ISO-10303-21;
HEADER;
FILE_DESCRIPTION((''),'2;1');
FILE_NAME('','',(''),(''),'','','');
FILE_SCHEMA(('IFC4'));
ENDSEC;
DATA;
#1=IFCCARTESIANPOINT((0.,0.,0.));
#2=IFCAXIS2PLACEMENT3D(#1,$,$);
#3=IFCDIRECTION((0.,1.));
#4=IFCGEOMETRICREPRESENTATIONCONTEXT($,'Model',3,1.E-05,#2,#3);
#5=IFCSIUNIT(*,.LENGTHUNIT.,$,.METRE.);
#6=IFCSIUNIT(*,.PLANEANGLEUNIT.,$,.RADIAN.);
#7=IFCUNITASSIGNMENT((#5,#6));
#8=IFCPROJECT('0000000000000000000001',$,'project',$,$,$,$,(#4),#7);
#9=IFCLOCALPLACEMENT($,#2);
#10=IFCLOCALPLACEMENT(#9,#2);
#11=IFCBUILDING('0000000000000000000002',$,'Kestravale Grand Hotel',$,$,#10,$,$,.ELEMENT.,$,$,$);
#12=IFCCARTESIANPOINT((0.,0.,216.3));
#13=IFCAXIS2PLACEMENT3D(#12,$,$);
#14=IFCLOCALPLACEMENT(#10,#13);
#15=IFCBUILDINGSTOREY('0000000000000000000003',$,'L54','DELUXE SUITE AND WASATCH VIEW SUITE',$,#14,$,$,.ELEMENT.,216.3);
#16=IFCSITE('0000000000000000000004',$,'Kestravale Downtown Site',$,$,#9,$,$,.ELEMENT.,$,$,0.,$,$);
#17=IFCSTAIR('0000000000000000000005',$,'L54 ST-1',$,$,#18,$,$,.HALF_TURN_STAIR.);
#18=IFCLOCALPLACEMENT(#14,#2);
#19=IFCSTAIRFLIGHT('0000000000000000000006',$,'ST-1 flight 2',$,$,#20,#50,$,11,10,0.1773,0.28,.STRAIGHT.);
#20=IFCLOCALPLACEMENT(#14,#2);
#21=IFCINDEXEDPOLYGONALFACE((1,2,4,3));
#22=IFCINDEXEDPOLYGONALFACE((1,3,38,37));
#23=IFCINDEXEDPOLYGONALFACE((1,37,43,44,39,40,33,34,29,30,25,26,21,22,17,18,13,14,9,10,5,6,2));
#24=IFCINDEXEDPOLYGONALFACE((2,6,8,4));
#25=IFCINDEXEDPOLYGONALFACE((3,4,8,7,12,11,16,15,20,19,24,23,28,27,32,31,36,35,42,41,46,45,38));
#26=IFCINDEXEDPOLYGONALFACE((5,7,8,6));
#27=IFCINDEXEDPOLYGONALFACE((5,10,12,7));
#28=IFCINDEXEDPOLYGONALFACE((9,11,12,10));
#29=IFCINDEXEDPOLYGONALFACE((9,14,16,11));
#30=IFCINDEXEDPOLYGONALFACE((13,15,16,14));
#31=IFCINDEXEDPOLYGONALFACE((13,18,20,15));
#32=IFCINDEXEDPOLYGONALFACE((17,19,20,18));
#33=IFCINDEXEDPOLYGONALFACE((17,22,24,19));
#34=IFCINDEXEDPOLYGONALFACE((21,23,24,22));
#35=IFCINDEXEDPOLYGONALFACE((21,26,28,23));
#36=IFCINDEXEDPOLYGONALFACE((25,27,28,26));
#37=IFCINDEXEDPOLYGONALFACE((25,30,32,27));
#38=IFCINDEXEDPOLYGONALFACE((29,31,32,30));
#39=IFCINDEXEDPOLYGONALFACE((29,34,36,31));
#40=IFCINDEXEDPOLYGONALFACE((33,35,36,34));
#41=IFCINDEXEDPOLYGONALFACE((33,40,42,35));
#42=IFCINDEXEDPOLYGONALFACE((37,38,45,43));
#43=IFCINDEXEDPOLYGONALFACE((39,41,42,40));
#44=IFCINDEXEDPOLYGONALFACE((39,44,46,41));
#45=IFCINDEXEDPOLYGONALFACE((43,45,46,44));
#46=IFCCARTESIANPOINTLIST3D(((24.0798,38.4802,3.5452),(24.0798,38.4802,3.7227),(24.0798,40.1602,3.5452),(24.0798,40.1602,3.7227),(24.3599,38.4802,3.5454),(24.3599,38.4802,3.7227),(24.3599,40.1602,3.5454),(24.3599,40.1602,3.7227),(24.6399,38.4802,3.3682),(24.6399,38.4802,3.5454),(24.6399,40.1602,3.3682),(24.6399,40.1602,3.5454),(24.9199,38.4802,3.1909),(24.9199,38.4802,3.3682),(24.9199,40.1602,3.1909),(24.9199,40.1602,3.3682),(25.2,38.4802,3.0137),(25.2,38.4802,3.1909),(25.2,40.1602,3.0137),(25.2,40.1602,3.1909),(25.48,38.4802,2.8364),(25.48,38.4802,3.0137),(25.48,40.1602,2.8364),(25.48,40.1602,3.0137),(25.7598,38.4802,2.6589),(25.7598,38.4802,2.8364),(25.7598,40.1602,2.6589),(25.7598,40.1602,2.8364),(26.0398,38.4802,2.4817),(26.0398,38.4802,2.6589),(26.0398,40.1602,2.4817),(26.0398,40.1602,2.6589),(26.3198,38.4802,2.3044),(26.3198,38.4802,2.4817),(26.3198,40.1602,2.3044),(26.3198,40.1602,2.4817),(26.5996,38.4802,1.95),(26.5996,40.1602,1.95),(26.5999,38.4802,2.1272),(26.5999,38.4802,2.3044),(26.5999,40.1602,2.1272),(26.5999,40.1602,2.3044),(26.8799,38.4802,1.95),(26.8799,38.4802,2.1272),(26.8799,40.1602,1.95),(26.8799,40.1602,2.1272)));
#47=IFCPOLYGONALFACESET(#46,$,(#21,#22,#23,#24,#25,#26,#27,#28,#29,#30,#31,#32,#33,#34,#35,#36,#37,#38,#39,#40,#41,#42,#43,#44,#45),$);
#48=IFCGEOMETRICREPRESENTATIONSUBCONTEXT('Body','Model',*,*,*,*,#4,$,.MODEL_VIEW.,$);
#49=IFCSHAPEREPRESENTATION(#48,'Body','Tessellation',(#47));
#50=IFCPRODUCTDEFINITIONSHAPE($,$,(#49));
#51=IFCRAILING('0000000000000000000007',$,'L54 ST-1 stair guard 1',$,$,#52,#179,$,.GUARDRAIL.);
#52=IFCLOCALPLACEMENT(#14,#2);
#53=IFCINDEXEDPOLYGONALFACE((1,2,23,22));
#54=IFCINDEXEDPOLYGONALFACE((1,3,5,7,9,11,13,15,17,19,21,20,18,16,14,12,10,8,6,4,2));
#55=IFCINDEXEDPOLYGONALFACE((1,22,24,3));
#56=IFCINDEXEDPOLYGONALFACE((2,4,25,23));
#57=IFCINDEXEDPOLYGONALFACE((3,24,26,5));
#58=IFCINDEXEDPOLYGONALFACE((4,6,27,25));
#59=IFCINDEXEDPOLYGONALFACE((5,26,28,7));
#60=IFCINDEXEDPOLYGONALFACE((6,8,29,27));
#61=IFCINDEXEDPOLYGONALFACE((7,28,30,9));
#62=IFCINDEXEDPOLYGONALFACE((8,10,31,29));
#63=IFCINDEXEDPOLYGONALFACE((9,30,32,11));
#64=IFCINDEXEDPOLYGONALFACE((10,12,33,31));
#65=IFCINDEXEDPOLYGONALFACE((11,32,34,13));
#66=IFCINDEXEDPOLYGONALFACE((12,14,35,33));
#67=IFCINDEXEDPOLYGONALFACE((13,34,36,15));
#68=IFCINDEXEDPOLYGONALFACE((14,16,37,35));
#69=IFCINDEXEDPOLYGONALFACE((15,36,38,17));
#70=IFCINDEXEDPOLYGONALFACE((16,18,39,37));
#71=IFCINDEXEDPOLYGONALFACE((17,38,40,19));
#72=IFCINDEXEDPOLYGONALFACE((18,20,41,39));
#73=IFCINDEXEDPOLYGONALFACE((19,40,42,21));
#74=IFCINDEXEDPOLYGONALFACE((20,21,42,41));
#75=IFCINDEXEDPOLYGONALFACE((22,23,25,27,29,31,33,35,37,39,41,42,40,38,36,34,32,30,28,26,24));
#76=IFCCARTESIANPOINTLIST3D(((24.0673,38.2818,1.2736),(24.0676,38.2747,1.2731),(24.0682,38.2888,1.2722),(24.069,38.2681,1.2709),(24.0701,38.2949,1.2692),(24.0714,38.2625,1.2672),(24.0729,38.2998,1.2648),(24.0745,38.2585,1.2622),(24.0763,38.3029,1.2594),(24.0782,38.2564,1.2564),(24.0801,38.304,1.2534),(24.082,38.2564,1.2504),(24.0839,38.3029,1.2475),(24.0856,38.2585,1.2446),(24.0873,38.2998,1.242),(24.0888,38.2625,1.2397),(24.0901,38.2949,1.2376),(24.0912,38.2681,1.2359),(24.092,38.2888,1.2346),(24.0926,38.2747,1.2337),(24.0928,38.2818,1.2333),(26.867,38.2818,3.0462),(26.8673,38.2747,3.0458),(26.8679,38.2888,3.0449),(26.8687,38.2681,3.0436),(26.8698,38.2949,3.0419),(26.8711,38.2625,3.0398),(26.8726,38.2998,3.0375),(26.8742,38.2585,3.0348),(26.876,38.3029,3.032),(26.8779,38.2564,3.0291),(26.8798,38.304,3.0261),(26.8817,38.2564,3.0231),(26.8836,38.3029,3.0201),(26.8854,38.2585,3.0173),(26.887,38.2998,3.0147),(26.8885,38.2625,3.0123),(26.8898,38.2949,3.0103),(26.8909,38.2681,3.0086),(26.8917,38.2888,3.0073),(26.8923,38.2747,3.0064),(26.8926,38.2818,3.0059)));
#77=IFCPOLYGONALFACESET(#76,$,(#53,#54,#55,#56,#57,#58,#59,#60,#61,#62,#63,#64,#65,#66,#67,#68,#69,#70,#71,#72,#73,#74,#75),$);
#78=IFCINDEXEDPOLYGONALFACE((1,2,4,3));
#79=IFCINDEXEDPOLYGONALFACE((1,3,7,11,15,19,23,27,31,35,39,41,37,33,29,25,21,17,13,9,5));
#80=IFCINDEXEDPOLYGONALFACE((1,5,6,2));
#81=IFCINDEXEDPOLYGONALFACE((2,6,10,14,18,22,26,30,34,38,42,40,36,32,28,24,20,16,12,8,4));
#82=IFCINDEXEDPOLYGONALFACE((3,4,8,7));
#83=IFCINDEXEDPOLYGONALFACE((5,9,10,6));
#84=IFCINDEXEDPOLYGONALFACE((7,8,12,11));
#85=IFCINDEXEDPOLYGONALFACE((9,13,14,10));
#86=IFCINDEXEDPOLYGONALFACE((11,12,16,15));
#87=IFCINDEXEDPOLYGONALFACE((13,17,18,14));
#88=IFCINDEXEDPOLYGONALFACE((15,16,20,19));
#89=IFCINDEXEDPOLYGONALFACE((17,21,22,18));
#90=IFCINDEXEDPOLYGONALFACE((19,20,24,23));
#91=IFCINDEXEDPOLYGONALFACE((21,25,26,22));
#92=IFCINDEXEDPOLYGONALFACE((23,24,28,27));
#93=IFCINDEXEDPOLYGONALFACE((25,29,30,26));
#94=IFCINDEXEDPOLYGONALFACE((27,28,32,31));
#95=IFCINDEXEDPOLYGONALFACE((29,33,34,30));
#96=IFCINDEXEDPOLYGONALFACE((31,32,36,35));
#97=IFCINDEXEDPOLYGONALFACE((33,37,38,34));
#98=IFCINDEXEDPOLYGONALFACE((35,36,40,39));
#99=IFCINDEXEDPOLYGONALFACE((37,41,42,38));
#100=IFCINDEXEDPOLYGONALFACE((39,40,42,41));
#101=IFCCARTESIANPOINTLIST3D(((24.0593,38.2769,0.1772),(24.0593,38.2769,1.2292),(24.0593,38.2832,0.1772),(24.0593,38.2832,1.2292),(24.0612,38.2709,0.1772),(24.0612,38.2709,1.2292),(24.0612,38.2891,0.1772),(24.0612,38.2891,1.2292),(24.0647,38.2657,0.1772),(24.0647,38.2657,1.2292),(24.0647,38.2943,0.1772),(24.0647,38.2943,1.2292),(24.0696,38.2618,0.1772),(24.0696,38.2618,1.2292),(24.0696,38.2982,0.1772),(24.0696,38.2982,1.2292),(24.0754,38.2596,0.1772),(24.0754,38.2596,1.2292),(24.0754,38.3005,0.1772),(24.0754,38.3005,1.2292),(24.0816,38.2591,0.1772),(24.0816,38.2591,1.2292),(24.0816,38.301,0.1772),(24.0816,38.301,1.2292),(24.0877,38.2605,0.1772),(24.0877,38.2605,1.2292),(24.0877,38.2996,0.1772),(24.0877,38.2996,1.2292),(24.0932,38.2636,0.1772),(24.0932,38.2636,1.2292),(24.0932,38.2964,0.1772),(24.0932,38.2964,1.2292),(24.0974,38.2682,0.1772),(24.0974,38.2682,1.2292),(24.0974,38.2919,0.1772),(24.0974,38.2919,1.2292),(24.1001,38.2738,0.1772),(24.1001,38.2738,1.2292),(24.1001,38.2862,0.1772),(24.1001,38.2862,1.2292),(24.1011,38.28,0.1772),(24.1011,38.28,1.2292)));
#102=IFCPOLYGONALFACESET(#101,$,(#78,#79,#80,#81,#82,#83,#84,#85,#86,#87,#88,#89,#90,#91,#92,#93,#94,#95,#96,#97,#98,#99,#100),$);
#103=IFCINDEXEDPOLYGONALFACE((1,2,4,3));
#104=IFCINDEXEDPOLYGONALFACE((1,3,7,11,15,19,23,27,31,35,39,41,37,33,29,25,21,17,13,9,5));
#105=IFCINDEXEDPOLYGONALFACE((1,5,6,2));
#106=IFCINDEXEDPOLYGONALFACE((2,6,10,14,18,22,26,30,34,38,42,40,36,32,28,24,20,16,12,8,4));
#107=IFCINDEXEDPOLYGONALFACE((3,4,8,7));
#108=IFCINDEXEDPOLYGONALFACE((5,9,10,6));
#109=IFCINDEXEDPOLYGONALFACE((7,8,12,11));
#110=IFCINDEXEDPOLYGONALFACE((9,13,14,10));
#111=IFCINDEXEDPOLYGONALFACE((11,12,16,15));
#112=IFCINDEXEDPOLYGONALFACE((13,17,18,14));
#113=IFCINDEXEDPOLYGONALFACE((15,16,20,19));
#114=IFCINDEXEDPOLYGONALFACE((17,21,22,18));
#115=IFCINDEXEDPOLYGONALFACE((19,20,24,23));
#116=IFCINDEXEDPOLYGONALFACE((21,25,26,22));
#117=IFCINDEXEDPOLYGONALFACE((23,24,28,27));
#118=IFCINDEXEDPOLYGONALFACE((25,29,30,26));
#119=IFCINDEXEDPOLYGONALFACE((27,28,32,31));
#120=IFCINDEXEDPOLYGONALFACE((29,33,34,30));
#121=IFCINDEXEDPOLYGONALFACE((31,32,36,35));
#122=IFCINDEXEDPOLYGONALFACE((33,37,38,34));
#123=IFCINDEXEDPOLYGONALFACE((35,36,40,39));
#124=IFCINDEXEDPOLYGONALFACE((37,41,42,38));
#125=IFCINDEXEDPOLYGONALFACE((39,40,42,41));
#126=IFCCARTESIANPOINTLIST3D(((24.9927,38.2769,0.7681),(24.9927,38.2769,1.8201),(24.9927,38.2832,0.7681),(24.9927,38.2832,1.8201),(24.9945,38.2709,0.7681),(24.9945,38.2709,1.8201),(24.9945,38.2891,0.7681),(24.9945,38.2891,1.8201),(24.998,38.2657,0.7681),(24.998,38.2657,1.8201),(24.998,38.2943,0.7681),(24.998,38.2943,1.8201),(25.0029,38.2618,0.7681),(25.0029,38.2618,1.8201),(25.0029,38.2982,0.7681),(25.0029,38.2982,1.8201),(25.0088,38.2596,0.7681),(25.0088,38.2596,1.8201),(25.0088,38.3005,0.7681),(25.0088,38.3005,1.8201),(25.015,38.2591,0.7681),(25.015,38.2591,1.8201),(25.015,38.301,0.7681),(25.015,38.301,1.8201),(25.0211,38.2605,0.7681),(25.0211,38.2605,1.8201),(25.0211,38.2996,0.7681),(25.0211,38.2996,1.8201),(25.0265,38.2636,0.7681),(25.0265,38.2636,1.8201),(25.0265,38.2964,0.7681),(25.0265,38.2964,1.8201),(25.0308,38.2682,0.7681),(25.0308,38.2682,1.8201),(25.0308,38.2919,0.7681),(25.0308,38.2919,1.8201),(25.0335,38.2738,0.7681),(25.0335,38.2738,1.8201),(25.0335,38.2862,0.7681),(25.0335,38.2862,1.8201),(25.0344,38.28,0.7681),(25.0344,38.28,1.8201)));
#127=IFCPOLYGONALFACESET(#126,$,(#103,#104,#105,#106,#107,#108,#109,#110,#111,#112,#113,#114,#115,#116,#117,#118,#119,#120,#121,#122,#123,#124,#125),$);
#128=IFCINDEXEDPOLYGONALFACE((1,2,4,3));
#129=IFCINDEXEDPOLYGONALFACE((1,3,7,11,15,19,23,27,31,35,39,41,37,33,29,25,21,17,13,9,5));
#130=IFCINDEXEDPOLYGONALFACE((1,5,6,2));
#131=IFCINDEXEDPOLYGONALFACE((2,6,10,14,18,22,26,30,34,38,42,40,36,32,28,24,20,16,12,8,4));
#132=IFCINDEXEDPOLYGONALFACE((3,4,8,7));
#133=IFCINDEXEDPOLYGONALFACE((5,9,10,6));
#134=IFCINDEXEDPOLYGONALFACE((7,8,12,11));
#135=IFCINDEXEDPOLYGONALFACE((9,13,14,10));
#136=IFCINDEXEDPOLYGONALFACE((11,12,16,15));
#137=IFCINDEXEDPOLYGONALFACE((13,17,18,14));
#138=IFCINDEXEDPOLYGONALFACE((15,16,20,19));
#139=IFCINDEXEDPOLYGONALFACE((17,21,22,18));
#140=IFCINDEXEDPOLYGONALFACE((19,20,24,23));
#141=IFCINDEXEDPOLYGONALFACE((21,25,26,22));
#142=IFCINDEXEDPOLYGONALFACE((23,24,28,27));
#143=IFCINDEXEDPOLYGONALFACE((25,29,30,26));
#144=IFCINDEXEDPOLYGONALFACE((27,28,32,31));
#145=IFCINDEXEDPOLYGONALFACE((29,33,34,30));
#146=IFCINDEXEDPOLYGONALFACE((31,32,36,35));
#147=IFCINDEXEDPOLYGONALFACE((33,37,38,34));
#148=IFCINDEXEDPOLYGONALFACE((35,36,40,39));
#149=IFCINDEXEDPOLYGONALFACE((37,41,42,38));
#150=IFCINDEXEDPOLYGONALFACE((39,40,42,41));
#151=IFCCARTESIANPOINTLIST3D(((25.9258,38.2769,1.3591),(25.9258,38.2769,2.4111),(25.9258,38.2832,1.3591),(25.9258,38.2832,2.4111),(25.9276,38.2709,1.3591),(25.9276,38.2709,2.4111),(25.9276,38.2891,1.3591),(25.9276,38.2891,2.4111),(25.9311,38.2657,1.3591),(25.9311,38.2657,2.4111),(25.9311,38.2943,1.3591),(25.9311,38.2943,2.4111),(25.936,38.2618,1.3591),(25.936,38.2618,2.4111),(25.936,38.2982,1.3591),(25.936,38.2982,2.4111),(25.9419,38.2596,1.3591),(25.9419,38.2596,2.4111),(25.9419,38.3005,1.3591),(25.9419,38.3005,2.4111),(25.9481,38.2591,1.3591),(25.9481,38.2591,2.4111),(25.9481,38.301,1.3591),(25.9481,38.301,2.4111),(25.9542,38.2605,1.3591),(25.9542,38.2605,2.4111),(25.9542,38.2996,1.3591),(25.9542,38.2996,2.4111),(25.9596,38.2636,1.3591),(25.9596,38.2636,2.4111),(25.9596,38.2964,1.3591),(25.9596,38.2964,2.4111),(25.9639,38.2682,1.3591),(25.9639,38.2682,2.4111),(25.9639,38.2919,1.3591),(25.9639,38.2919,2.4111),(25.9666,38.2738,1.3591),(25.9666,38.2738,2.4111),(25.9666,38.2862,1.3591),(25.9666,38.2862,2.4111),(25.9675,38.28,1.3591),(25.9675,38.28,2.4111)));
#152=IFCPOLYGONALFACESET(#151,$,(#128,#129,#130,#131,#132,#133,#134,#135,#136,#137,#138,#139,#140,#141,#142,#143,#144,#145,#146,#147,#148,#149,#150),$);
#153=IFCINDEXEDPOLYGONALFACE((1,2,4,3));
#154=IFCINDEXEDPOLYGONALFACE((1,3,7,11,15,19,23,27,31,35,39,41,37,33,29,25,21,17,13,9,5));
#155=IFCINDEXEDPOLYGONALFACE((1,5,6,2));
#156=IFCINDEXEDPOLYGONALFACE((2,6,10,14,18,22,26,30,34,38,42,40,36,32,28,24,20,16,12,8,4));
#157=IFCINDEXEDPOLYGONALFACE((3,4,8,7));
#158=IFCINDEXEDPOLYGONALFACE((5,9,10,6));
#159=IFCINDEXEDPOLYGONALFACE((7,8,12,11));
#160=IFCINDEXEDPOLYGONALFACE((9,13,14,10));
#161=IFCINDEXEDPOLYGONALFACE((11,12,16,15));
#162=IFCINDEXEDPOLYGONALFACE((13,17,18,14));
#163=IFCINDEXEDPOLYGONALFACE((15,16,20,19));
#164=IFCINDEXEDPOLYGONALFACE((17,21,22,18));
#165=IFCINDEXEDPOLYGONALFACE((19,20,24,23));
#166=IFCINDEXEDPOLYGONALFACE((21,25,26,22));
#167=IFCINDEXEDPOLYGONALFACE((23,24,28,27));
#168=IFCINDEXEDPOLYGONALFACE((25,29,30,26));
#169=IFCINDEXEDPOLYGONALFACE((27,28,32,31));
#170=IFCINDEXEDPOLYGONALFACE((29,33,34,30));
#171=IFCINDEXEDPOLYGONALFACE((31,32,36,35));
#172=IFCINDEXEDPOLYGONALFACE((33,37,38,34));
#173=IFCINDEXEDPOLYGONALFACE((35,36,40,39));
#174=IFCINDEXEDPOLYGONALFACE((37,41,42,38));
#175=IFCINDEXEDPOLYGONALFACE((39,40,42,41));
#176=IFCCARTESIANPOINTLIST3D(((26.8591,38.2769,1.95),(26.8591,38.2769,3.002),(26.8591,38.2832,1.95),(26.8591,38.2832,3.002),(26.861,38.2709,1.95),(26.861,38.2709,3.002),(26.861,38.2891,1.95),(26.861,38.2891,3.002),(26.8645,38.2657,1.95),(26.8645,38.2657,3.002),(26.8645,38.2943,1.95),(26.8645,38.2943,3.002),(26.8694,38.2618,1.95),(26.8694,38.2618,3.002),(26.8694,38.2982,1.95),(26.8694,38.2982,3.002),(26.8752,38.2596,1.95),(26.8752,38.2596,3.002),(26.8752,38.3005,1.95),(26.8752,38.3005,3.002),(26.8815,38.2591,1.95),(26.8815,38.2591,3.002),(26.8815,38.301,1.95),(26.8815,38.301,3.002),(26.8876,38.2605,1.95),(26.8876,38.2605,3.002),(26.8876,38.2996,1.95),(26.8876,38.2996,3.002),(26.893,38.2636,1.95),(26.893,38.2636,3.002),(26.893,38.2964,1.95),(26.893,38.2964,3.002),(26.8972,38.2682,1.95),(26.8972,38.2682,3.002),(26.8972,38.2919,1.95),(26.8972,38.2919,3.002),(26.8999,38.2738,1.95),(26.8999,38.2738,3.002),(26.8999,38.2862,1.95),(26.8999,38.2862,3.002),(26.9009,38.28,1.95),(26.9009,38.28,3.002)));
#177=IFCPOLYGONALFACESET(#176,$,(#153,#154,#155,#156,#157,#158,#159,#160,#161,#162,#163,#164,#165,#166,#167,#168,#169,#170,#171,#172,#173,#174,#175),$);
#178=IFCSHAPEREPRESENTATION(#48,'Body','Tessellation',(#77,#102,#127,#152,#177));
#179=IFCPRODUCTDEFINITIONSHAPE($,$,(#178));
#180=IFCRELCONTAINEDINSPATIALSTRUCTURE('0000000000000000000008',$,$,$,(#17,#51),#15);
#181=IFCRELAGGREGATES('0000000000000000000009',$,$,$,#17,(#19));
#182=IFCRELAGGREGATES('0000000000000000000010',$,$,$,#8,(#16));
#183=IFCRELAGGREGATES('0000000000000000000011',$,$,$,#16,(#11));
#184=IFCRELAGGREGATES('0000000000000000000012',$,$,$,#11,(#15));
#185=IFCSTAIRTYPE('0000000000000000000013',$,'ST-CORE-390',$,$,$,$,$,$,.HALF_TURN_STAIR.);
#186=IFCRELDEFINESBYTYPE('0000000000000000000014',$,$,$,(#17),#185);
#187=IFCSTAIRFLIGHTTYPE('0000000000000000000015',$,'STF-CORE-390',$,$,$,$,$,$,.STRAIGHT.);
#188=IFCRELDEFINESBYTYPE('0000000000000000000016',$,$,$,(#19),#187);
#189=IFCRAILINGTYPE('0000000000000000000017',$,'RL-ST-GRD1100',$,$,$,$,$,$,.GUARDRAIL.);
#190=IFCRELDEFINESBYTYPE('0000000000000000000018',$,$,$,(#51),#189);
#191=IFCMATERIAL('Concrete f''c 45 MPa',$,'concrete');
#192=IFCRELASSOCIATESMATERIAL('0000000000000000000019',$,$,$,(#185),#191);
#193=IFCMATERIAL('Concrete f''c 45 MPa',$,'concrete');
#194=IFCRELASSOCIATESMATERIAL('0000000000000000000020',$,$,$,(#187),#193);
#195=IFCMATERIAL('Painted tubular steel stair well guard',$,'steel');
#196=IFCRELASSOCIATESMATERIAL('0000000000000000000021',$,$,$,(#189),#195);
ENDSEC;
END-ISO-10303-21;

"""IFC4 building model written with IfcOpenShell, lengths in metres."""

from ifc_helpers import new_model, si_unit, direction, frame, origin, origin_2d, place, context, subcontext, project, spatial, polyline, circle, outline, extrude, material, type_object, element, aggregate, save


model = new_model("IFC4")

# Units and contexts
model_context = context("Model", 3, precision=1e-05, world=origin(), true_north=direction((0.0, 1.0)))
body_context = subcontext(model_context, "Body", "Model", "MODEL_VIEW")
ifc_project = project(units=[si_unit("LENGTHUNIT", "METRE"), si_unit("PLANEANGLEUNIT", "RADIAN")], contexts=[model_context])

# Site, building, storey
site_placement = place(None, origin())
site = spatial("IfcSite", under=ifc_project, at=site_placement, Name="Kestravale Downtown Site", CompositionType="ELEMENT", RefElevation=0.0)
building_placement = place(site_placement, origin())
building = spatial("IfcBuilding", under=site, at=building_placement, Name="Kestravale Grand Hotel", CompositionType="ELEMENT")
storey_placement = place(building_placement, frame((0.0, 0.0, 216.3)))
storey = spatial("IfcBuildingStorey", under=building, at=storey_placement, Name="L54", Description="DELUXE SUITE AND WASATCH VIEW SUITE", CompositionType="ELEMENT", Elevation=216.3)

# Stair, stair flight
ifc_material_1 = material(Name="Concrete f'c 45 MPa", Category="concrete")
stair_type = type_object("IfcStairType", Name="ST-CORE-390", PredefinedType="HALF_TURN_STAIR", material=ifc_material_1)
stair_placement = place(storey_placement, origin())
stair = element("IfcStair", 1, at=stair_placement, inside=storey, type_object=stair_type, Name="L54 ST-1", PredefinedType="HALF_TURN_STAIR")
ifc_material_2 = material(Name="Concrete f'c 45 MPa", Category="concrete")
stair_flight_type = type_object("IfcStairFlightType", Name="STF-CORE-390", PredefinedType="STRAIGHT", material=ifc_material_2)
stair_flight_1_placement = place(storey_placement, frame((26.8799, 39.3201, 1.95), z_axis=(0.0, 0.0, 1.0), x_axis=(-1.0, 0.0, 0.0)))
stair_flight_1 = element("IfcStairFlight", 2, at=stair_flight_1_placement, type_object=stair_flight_type, Name="ST-1 flight 2", NumberOfRisers=11, NumberOfTreads=10, PredefinedType="STRAIGHT", RiserHeight=0.1773, TreadLength=0.28, context=body_context, shape_type="SweptSolid", body=[
    extrude(outline(polyline([(0.0, 0.0), (0.0, 0.1772), (0.28, 0.1772), (0.28, 0.3545), (0.5601, 0.3545), (0.5601, 0.5317), (0.8401, 0.5317), (0.8401, 0.709), (1.1201, 0.709), (1.1201, 0.8865), (1.3999, 0.8865), (1.3999, 1.0637), (1.6799, 1.0637), (1.6799, 1.241), (1.96, 1.241), (1.96, 1.4182), (2.24, 1.4182), (2.24, 1.5955), (2.52, 1.5955), (2.52, 1.7727), (2.8, 1.7727), (2.8, 1.95), (2.8, 1.5952), (0.2803, 0.0), (0.0, 0.0)])), frame((0.0, 0.8398, 0.0), z_axis=(0.0, -1.0, 0.0), x_axis=(1.0, 0.0, 0.0)), (0.0, 0.0, 1.0), 1.6799),
])
aggregate(stair, [stair_flight_1])

# Railing
ifc_material_3 = material(Name="Painted tubular steel stair well guard", Category="steel")
railing_type_1 = type_object("IfcRailingType", Name="RL-ST-GRD1100", PredefinedType="GUARDRAIL", material=ifc_material_3)
railing_1_placement = place(storey_placement, frame((24.0801, 38.28, 0.1772)))
element("IfcRailing", 3, at=railing_1_placement, inside=storey, type_object=railing_type_1, Name="L54 ST-1 stair guard 1", PredefinedType="GUARDRAIL", context=body_context, shape_type="SweptSolid", body=[
    extrude(circle(Radius=0.0239, at=origin_2d()), frame((0.0, 0.0, 1.0762), z_axis=(0.844888, 0.0, 0.534943), x_axis=(0.0, 1.0, 0.0)), (0.0, 0.0, 1.0), 3.3137),
    extrude(circle(Radius=0.021, at=origin_2d()), origin(), (0.0, 0.0, 1.0), 1.052),
    extrude(circle(Radius=0.021, at=origin_2d()), frame((0.9333, 0.0, 0.5908)), (0.0, 0.0, 1.0), 1.052),
    extrude(circle(Radius=0.021, at=origin_2d()), frame((1.8665, 0.0, 1.1819)), (0.0, 0.0, 1.0), 1.052),
    extrude(circle(Radius=0.021, at=origin_2d()), frame((2.7998, 0.0, 1.7727)), (0.0, 0.0, 1.0), 1.052),
])

save(model, "model.ifc")
